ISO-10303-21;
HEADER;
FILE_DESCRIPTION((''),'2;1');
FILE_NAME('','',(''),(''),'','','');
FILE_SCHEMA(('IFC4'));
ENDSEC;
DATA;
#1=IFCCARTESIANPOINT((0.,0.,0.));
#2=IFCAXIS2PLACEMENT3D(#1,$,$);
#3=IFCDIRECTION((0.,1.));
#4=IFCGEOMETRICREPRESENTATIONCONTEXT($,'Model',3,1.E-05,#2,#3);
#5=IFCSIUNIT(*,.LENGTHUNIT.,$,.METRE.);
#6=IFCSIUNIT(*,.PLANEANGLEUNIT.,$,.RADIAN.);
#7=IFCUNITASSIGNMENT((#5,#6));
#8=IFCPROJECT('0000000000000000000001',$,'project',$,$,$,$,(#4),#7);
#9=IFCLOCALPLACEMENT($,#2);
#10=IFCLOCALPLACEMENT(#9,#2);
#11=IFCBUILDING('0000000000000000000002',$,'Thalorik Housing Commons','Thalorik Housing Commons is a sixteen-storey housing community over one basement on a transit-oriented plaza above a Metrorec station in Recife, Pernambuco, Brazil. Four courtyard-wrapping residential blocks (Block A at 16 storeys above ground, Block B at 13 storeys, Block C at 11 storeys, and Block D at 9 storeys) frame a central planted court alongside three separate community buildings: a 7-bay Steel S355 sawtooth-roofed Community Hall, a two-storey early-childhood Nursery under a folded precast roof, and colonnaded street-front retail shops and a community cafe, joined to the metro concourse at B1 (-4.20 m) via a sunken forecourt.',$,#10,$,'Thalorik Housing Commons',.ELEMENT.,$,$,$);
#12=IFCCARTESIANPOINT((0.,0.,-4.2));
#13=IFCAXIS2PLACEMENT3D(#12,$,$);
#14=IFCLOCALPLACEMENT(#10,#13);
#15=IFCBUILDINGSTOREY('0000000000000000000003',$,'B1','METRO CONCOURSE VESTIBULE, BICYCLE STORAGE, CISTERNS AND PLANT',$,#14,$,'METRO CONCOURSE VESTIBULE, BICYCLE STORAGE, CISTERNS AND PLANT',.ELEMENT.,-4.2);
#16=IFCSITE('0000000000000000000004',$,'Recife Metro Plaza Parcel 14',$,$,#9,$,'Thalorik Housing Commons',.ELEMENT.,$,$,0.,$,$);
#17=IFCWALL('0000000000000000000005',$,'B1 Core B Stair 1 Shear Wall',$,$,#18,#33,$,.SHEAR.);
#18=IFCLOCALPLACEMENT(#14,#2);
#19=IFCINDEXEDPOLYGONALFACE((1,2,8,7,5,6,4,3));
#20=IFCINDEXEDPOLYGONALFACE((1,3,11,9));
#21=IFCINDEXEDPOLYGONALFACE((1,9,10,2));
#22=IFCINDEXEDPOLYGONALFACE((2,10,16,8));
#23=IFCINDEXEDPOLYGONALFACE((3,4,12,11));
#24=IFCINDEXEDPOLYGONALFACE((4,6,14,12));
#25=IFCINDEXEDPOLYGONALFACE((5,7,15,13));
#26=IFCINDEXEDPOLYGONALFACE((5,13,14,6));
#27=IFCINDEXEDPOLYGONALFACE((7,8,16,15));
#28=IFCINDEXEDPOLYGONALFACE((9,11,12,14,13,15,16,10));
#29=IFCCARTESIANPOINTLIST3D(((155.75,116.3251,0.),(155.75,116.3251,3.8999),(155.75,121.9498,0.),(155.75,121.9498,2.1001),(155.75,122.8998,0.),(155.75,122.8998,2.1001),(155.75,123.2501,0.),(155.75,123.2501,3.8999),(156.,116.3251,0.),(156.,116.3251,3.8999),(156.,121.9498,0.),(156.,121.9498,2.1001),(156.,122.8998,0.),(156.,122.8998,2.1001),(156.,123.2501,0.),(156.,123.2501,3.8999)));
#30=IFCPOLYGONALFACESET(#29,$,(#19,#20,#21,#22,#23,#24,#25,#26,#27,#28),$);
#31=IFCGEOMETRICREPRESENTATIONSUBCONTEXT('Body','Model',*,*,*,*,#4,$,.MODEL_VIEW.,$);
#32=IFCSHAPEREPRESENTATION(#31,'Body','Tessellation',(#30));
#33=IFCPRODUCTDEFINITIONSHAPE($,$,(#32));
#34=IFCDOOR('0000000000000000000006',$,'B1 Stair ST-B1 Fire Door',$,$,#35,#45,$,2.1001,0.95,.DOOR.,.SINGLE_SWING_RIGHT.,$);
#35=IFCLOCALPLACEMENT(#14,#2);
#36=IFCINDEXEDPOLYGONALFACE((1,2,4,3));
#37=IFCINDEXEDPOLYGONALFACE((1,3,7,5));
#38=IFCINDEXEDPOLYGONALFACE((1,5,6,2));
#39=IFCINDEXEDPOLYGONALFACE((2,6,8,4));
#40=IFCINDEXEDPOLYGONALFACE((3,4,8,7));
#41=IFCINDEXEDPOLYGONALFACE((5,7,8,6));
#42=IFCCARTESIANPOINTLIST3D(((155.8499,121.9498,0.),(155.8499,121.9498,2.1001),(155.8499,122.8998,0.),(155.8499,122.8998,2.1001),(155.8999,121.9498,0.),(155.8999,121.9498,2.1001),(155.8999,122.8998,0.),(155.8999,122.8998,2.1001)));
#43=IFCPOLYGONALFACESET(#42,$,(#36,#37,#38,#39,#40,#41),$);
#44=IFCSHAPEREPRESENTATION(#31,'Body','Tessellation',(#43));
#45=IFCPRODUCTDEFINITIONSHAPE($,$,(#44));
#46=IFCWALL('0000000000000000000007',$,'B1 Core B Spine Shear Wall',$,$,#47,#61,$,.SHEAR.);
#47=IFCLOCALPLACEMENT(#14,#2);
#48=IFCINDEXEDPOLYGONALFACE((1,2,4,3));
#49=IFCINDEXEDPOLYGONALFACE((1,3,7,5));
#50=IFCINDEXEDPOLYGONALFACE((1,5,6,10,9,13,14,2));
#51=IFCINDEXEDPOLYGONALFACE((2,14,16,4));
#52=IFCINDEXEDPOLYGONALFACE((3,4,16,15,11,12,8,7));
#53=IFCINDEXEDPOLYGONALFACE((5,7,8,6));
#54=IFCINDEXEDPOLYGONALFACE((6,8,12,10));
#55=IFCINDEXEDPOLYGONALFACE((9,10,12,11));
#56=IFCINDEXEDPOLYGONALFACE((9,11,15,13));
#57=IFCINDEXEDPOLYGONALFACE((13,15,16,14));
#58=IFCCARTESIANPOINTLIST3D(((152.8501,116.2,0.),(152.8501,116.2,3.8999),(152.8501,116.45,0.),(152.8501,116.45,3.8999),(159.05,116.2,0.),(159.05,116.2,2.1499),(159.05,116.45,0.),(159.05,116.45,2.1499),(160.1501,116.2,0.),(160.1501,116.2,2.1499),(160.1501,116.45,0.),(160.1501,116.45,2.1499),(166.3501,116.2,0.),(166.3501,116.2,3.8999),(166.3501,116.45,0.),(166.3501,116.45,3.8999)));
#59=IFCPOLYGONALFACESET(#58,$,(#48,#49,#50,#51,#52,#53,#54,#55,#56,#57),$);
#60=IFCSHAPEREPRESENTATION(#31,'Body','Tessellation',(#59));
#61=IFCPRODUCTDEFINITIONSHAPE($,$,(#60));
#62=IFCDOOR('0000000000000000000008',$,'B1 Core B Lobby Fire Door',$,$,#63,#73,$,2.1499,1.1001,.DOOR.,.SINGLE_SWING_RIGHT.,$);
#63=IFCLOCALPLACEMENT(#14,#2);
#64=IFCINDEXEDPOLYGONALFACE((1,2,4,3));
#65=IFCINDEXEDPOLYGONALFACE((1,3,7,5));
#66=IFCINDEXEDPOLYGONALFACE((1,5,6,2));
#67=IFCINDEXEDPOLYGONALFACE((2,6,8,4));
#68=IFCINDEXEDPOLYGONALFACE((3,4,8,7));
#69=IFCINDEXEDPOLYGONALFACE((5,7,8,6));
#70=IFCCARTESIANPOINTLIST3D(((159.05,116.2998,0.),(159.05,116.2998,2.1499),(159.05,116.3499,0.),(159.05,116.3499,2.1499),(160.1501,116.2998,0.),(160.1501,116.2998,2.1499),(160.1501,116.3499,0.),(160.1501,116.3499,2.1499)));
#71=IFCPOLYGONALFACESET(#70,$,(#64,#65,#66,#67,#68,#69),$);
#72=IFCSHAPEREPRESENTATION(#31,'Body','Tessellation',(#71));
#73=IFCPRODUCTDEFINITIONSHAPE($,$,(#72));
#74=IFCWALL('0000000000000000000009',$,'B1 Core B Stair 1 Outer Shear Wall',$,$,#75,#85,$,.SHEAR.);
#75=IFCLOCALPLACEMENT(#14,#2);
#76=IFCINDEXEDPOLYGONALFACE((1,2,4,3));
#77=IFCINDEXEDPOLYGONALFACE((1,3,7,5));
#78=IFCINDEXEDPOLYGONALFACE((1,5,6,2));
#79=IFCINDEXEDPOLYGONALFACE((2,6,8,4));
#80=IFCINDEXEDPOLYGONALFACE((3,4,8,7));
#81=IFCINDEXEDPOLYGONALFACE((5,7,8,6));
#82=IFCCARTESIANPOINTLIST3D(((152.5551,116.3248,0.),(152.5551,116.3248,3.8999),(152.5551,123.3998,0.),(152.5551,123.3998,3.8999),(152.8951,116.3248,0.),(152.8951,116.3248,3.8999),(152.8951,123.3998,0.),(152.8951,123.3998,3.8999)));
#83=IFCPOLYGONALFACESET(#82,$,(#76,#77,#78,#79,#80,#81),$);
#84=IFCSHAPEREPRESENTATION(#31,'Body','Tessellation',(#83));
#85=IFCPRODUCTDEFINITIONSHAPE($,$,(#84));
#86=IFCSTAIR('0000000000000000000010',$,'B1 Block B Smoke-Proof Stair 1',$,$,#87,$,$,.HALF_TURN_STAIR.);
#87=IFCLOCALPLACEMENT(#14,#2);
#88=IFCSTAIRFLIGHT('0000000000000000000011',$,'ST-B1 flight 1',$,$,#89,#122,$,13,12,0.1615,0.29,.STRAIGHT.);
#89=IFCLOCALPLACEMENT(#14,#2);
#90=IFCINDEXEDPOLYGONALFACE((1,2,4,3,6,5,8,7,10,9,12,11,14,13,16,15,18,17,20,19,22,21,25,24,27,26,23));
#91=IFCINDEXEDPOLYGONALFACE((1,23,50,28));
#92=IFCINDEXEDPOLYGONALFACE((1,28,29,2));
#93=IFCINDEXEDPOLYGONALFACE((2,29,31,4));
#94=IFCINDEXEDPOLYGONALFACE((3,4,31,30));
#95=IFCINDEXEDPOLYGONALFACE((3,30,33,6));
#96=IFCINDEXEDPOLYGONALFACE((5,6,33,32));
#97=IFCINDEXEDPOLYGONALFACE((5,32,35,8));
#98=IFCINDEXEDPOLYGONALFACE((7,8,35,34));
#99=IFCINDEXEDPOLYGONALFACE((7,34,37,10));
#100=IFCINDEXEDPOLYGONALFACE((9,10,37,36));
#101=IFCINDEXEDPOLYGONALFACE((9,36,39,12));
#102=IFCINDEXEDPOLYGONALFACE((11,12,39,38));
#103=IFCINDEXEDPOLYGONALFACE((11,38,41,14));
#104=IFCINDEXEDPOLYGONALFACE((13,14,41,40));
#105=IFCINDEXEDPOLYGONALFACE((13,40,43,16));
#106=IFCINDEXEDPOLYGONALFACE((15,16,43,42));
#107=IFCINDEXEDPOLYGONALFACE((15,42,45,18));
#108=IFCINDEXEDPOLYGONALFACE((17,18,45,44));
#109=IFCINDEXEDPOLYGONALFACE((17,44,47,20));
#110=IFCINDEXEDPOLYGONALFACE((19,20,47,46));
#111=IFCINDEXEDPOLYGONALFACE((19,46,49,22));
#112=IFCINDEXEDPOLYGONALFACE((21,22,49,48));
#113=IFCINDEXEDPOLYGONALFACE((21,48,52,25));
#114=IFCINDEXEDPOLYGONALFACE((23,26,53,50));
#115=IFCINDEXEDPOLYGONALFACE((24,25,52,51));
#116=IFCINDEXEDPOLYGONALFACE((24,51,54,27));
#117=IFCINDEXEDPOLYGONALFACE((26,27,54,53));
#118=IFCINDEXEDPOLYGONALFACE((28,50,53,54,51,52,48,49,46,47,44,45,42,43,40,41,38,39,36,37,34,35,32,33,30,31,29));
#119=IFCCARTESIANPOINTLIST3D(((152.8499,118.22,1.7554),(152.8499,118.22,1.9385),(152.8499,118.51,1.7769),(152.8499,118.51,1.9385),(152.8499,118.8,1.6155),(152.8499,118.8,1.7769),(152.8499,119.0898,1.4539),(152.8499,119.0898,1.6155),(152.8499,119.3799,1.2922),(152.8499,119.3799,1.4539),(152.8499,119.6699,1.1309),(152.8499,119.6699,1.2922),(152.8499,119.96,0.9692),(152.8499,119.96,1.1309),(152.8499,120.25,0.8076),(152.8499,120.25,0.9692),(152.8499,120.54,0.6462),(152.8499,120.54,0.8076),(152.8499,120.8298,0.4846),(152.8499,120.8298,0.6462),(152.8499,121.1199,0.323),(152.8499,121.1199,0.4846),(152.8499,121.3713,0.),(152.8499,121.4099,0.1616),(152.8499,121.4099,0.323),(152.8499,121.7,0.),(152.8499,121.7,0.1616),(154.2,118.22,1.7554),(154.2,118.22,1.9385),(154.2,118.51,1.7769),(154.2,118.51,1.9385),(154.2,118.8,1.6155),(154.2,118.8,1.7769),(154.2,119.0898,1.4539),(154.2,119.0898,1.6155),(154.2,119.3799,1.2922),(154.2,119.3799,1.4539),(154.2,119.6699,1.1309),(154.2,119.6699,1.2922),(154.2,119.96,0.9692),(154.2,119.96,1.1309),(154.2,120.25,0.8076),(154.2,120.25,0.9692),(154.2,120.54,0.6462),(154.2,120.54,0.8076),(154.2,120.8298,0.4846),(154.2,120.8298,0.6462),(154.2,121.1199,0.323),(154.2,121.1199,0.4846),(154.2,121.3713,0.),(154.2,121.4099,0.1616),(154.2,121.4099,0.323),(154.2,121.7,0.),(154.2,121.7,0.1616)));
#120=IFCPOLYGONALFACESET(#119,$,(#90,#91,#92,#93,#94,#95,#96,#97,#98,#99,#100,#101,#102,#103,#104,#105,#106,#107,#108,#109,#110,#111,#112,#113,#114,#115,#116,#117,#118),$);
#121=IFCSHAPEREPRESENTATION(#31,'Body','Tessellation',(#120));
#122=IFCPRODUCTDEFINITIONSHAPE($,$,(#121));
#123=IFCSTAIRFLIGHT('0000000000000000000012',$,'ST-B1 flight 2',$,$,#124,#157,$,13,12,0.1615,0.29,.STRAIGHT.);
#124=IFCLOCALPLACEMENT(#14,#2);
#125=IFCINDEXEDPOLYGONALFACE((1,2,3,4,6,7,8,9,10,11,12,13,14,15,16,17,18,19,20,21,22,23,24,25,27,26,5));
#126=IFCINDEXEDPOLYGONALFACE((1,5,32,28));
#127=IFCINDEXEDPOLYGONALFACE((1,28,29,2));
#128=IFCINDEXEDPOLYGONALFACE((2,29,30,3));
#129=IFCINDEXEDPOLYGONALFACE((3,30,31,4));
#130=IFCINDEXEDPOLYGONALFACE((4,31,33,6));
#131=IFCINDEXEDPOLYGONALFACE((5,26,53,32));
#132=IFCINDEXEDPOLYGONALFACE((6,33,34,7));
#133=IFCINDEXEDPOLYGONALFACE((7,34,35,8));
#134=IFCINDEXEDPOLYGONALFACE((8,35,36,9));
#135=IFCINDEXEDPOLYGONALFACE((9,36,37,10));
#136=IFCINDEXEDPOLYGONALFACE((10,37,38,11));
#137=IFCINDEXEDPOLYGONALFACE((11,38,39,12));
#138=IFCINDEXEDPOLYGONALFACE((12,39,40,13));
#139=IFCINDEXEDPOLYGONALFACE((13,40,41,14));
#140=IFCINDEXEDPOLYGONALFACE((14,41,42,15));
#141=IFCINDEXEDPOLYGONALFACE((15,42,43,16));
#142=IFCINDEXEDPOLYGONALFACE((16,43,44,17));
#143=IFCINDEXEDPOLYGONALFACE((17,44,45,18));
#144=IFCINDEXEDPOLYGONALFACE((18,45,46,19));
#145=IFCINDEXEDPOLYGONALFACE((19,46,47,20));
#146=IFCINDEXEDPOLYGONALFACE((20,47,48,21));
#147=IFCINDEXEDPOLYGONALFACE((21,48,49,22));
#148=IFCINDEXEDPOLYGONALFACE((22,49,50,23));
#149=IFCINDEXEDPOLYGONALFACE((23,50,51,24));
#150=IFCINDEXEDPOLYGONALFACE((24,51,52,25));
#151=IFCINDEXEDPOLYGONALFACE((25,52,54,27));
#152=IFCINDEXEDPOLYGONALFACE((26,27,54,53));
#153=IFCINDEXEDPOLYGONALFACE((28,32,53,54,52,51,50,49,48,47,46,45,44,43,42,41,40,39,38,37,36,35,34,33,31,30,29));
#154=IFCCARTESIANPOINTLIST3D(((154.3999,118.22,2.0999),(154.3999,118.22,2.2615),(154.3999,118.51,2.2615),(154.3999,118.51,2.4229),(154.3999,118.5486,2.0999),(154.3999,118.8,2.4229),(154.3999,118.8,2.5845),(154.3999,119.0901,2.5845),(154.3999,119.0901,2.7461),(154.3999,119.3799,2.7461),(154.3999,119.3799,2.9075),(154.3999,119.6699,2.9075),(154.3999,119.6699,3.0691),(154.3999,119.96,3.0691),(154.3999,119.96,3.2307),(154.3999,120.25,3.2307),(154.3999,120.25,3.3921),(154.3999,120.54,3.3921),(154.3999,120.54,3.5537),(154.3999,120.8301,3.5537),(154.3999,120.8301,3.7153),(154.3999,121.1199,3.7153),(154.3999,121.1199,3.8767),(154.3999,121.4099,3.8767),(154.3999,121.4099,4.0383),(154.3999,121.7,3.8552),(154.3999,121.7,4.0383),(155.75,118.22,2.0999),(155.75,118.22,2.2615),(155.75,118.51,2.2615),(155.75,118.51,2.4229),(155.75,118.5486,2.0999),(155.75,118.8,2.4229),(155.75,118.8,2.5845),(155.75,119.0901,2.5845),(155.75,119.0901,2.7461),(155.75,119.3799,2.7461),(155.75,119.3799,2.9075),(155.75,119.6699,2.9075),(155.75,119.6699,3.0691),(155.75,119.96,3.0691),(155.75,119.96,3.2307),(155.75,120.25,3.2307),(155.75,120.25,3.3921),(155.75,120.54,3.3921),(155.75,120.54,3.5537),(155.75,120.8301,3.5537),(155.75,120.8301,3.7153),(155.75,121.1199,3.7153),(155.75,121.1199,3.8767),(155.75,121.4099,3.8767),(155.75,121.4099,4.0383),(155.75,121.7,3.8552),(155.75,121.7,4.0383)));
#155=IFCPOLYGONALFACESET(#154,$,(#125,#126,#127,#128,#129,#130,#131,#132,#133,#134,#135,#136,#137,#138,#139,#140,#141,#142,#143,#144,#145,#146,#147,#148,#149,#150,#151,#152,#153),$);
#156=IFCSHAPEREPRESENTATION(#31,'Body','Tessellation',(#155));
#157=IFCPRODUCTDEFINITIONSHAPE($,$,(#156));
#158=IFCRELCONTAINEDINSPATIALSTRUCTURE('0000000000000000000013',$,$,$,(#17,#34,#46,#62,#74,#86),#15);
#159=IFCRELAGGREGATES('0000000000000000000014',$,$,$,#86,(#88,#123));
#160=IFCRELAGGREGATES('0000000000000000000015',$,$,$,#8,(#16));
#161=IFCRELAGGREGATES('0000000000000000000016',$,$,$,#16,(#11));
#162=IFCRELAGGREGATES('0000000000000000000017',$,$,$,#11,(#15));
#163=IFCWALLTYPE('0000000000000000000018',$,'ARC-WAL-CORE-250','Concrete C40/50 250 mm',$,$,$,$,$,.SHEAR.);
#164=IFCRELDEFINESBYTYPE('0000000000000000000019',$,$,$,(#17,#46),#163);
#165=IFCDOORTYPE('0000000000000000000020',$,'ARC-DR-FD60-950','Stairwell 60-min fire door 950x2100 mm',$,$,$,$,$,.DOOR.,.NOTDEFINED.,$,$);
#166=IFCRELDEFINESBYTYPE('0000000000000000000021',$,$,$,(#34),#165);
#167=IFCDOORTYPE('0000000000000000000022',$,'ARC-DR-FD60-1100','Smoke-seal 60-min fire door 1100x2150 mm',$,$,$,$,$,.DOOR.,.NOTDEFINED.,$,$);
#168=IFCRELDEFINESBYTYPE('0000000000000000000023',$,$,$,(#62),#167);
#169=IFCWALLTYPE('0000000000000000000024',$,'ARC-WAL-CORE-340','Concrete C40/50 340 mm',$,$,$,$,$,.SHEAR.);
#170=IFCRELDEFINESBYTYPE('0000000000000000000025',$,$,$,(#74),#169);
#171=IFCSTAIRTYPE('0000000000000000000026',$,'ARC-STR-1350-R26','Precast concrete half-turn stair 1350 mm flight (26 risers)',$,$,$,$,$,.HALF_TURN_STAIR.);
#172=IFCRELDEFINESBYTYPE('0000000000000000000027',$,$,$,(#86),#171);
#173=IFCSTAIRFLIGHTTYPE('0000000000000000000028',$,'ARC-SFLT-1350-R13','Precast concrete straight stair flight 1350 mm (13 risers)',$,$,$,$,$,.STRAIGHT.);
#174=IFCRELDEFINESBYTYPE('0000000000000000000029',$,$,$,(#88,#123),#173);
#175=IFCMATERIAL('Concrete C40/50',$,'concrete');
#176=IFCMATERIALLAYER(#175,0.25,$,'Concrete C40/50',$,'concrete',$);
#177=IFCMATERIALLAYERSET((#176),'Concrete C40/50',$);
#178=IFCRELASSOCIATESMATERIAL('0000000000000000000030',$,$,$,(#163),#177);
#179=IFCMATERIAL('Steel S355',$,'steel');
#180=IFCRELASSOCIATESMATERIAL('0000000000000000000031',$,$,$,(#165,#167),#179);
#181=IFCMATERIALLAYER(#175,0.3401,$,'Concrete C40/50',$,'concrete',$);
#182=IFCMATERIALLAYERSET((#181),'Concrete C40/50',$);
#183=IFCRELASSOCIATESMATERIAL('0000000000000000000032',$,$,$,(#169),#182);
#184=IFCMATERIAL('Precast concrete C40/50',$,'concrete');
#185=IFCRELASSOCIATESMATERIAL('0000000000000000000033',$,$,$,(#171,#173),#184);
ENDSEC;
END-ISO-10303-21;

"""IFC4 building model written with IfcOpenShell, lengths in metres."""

from ifc_helpers import new_model, si_unit, direction, frame, frame_2d, origin, place, context, subcontext, project, spatial, polyline, rectangle, outline, extrude, material, layer, layer_set, type_object, element, fill, aggregate, save


model = new_model("IFC4")

# Units and contexts
model_context = context("Model", 3, precision=1e-05, world=origin(), true_north=direction((0.0, 1.0)))
body_context = subcontext(model_context, "Body", "Model", "MODEL_VIEW")
ifc_project = project(units=[si_unit("LENGTHUNIT", "METRE"), si_unit("PLANEANGLEUNIT", "RADIAN")], contexts=[model_context])

# Site, building, storey
site_placement = place(None, origin())
site = spatial("IfcSite", under=ifc_project, at=site_placement, Name="Recife Metro Plaza Parcel 14", LongName="Thalorik Housing Commons", CompositionType="ELEMENT", RefElevation=0.0)
building_placement = place(site_placement, origin())
building = spatial("IfcBuilding", under=site, at=building_placement, Name="Thalorik Housing Commons", Description="Thalorik Housing Commons is a sixteen-storey housing community over one basement on a transit-oriented plaza above a Metrorec station in Recife, Pernambuco, Brazil. Four courtyard-wrapping residential blocks (Block A at 16 storeys above ground, Block B at 13 storeys, Block C at 11 storeys, and Block D at 9 storeys) frame a central planted court alongside three separate community buildings: a 7-bay Steel S355 sawtooth-roofed Community Hall, a two-storey early-childhood Nursery under a folded precast roof, and colonnaded street-front retail shops and a community cafe, joined to the metro concourse at B1 (-4.20 m) via a sunken forecourt.", LongName="Thalorik Housing Commons", CompositionType="ELEMENT")
storey_placement = place(building_placement, frame((0.0, 0.0, -4.2)))
storey = spatial("IfcBuildingStorey", under=building, at=storey_placement, Name="B1", Description="METRO CONCOURSE VESTIBULE, BICYCLE STORAGE, CISTERNS AND PLANT", LongName="METRO CONCOURSE VESTIBULE, BICYCLE STORAGE, CISTERNS AND PLANT", CompositionType="ELEMENT", Elevation=-4.2)

# Shared definitions
ifc_material_1 = material(Name="Concrete C40/50", Category="concrete")

# Shared definitions
ifc_material_2 = material(Name="Precast concrete C40/50", Category="concrete")

# Walls, openings, doors
ifc_layer_1 = layer(ifc_material_1, 0.25, Name="Concrete C40/50", Category="concrete")
ifc_layer_set_1 = layer_set([ifc_layer_1], Name="Concrete C40/50")
wall_type_1 = type_object("IfcWallType", Name="ARC-WAL-CORE-250", Description="Concrete C40/50 250 mm", PredefinedType="SHEAR", material=ifc_layer_set_1)
wall_1_placement = place(storey_placement, frame((155.875, 123.25, 0.0), z_axis=(0.0, 0.0, 1.0), x_axis=(0.0, -1.0, 0.0)))
wall_1 = element("IfcWall", 1, at=wall_1_placement, inside=storey, type_object=wall_type_1, Name="B1 Core B Stair 1 Shear Wall", PredefinedType="SHEAR", context=body_context, shape_type="SweptSolid", body=[
    extrude(rectangle(XDim=6.925, YDim=0.25, at=frame_2d((3.4624, 0.0))), origin(), (0.0, 0.0, 1.0), 3.8999),
])
opening_1_placement = place(wall_1_placement, frame((0.3501, 0.0, 0.0)))
opening_1 = element("IfcOpeningElement", 2, at=opening_1_placement, cuts=wall_1, PredefinedType="OPENING", context=body_context, shape_type="SweptSolid", body=[
    extrude(rectangle(XDim=0.95, YDim=2.1001, at=frame_2d((0.4751, 1.05))), frame((0.0, 0.135, 0.0), z_axis=(0.0, -1.0, 0.0), x_axis=(1.0, 0.0, 0.0)), (0.0, 0.0, 1.0), 0.27),
])
ifc_material_3 = material(Name="Steel S355", Category="steel")
door_type_1 = type_object("IfcDoorType", Name="ARC-DR-FD60-950", Description="Stairwell 60-min fire door 950x2100 mm", OperationType="NOTDEFINED", PredefinedType="DOOR", material=ifc_material_3)
door_1_placement = place(opening_1_placement, origin())
door_1 = element("IfcDoor", 3, at=door_1_placement, inside=storey, type_object=door_type_1, Name="B1 Stair ST-B1 Fire Door", OperationType="SINGLE_SWING_RIGHT", OverallHeight=2.1001, OverallWidth=0.95, PredefinedType="DOOR", context=body_context, shape_type="SweptSolid", body=[
    extrude(rectangle(XDim=0.95, YDim=2.1001, at=frame_2d((0.4751, 1.05))), frame((0.0, 0.0249, 0.0), z_axis=(0.0, -1.0, 0.0), x_axis=(1.0, 0.0, 0.0)), (0.0, 0.0, 1.0), 0.05),
])
fill(opening_1, door_1)
wall_2_placement = place(storey_placement, frame((152.8501, 116.325, 0.0), z_axis=(0.0, 0.0, 1.0), x_axis=(1.0, 0.0, 0.0)))
wall_2 = element("IfcWall", 4, at=wall_2_placement, inside=storey, type_object=wall_type_1, Name="B1 Core B Spine Shear Wall", PredefinedType="SHEAR", context=body_context, shape_type="SweptSolid", body=[
    extrude(rectangle(XDim=13.5, YDim=0.25, at=frame_2d((6.75, 0.0))), origin(), (0.0, 0.0, 1.0), 3.8999),
])
opening_2_placement = place(wall_2_placement, frame((6.2, 0.0, 0.0)))
opening_2 = element("IfcOpeningElement", 5, at=opening_2_placement, cuts=wall_2, PredefinedType="OPENING", context=body_context, shape_type="SweptSolid", body=[
    extrude(rectangle(XDim=1.1001, YDim=2.1499, at=frame_2d((0.55, 1.075))), frame((0.0, 0.135, 0.0), z_axis=(0.0, -1.0, 0.0), x_axis=(1.0, 0.0, 0.0)), (0.0, 0.0, 1.0), 0.27),
])
door_type_2 = type_object("IfcDoorType", Name="ARC-DR-FD60-1100", Description="Smoke-seal 60-min fire door 1100x2150 mm", OperationType="NOTDEFINED", PredefinedType="DOOR", material=ifc_material_3)
door_2_placement = place(opening_2_placement, origin())
door_2 = element("IfcDoor", 6, at=door_2_placement, inside=storey, type_object=door_type_2, Name="B1 Core B Lobby Fire Door", OperationType="SINGLE_SWING_RIGHT", OverallHeight=2.1499, OverallWidth=1.1001, PredefinedType="DOOR", context=body_context, shape_type="SweptSolid", body=[
    extrude(rectangle(XDim=1.1001, YDim=2.1499, at=frame_2d((0.55, 1.075))), frame((0.0, 0.0249, 0.0), z_axis=(0.0, -1.0, 0.0), x_axis=(1.0, 0.0, 0.0)), (0.0, 0.0, 1.0), 0.05),
])
fill(opening_2, door_2)

# Wall
ifc_layer_2 = layer(ifc_material_1, 0.3401, Name="Concrete C40/50", Category="concrete")
ifc_layer_set_2 = layer_set([ifc_layer_2], Name="Concrete C40/50")
wall_type_2 = type_object("IfcWallType", Name="ARC-WAL-CORE-340", Description="Concrete C40/50 340 mm", PredefinedType="SHEAR", material=ifc_layer_set_2)
wall_3_placement = place(storey_placement, frame((152.7251, 123.3999, 0.0), z_axis=(0.0, 0.0, 1.0), x_axis=(0.0, -1.0, 0.0)))
element("IfcWall", 7, at=wall_3_placement, inside=storey, type_object=wall_type_2, Name="B1 Core B Stair 1 Outer Shear Wall", PredefinedType="SHEAR", context=body_context, shape_type="SweptSolid", body=[
    extrude(rectangle(XDim=7.075, YDim=0.3401, at=frame_2d((3.5376, 0.0))), origin(), (0.0, 0.0, 1.0), 3.8999),
])

# Stair, stair flights
stair_type = type_object("IfcStairType", Name="ARC-STR-1350-R26", Description="Precast concrete half-turn stair 1350 mm flight (26 risers)", PredefinedType="HALF_TURN_STAIR", material=ifc_material_2)
stair_placement = place(storey_placement, origin())
stair = element("IfcStair", 8, at=stair_placement, inside=storey, type_object=stair_type, Name="B1 Block B Smoke-Proof Stair 1", PredefinedType="HALF_TURN_STAIR")
stair_flight_type = type_object("IfcStairFlightType", Name="ARC-SFLT-1350-R13", Description="Precast concrete straight stair flight 1350 mm (13 risers)", PredefinedType="STRAIGHT", material=ifc_material_2)
stair_flight_1_placement = place(storey_placement, frame((153.5249, 121.7, 0.0), z_axis=(0.0, 0.0, 1.0), x_axis=(0.0, -1.0, 0.0)))
stair_flight_1 = element("IfcStairFlight", 9, at=stair_flight_1_placement, type_object=stair_flight_type, Name="ST-B1 flight 1", NumberOfRisers=13, NumberOfTreads=12, PredefinedType="STRAIGHT", RiserHeight=0.1615, TreadLength=0.29, context=body_context, shape_type="SweptSolid", body=[
    extrude(outline(polyline([(0.0, 0.0), (0.0, 0.1616), (0.29, 0.1616), (0.29, 0.323), (0.5801, 0.323), (0.5801, 0.4846), (0.8701, 0.4846), (0.8701, 0.6462), (1.1599, 0.6462), (1.1599, 0.8076), (1.45, 0.8076), (1.45, 0.9692), (1.74, 0.9692), (1.74, 1.1309), (2.03, 1.1309), (2.03, 1.2922), (2.3201, 1.2922), (2.3201, 1.4539), (2.6101, 1.4539), (2.6101, 1.6155), (2.8999, 1.6155), (2.8999, 1.7769), (3.1899, 1.7769), (3.1899, 1.9385), (3.48, 1.9385), (3.48, 2.1001), (3.48, 1.7554), (0.3286, 0.0), (0.0, 0.0)])), frame((0.0, 0.675, 0.0), z_axis=(0.0, -1.0, 0.0), x_axis=(1.0, 0.0, 0.0)), (0.0, 0.0, 1.0), 1.3501),
])
stair_flight_2_placement = place(storey_placement, frame((155.075, 118.22, 2.0999), z_axis=(0.0, 0.0, 1.0), x_axis=(0.0, 1.0, 0.0)))
stair_flight_2 = element("IfcStairFlight", 10, at=stair_flight_2_placement, type_object=stair_flight_type, Name="ST-B1 flight 2", NumberOfRisers=13, NumberOfTreads=12, PredefinedType="STRAIGHT", RiserHeight=0.1615, TreadLength=0.29, context=body_context, shape_type="SweptSolid", body=[
    extrude(outline(polyline([(0.0, 0.0), (0.0, 0.1616), (0.29, 0.1616), (0.29, 0.323), (0.5801, 0.323), (0.5801, 0.4846), (0.8701, 0.4846), (0.8701, 0.6462), (1.1599, 0.6462), (1.1599, 0.8076), (1.45, 0.8076), (1.45, 0.9692), (1.74, 0.9692), (1.74, 1.1309), (2.03, 1.1309), (2.03, 1.2922), (2.3201, 1.2922), (2.3201, 1.4539), (2.6101, 1.4539), (2.6101, 1.6155), (2.8999, 1.6155), (2.8999, 1.7769), (3.1899, 1.7769), (3.1899, 1.9385), (3.48, 1.9385), (3.48, 2.1001), (3.48, 1.7554), (0.3286, 0.0), (0.0, 0.0)])), frame((0.0, 0.675, 0.0), z_axis=(0.0, -1.0, 0.0), x_axis=(1.0, 0.0, 0.0)), (0.0, 0.0, 1.0), 1.3501),
])
aggregate(stair, [stair_flight_1, stair_flight_2])

save(model, "model.ifc")
